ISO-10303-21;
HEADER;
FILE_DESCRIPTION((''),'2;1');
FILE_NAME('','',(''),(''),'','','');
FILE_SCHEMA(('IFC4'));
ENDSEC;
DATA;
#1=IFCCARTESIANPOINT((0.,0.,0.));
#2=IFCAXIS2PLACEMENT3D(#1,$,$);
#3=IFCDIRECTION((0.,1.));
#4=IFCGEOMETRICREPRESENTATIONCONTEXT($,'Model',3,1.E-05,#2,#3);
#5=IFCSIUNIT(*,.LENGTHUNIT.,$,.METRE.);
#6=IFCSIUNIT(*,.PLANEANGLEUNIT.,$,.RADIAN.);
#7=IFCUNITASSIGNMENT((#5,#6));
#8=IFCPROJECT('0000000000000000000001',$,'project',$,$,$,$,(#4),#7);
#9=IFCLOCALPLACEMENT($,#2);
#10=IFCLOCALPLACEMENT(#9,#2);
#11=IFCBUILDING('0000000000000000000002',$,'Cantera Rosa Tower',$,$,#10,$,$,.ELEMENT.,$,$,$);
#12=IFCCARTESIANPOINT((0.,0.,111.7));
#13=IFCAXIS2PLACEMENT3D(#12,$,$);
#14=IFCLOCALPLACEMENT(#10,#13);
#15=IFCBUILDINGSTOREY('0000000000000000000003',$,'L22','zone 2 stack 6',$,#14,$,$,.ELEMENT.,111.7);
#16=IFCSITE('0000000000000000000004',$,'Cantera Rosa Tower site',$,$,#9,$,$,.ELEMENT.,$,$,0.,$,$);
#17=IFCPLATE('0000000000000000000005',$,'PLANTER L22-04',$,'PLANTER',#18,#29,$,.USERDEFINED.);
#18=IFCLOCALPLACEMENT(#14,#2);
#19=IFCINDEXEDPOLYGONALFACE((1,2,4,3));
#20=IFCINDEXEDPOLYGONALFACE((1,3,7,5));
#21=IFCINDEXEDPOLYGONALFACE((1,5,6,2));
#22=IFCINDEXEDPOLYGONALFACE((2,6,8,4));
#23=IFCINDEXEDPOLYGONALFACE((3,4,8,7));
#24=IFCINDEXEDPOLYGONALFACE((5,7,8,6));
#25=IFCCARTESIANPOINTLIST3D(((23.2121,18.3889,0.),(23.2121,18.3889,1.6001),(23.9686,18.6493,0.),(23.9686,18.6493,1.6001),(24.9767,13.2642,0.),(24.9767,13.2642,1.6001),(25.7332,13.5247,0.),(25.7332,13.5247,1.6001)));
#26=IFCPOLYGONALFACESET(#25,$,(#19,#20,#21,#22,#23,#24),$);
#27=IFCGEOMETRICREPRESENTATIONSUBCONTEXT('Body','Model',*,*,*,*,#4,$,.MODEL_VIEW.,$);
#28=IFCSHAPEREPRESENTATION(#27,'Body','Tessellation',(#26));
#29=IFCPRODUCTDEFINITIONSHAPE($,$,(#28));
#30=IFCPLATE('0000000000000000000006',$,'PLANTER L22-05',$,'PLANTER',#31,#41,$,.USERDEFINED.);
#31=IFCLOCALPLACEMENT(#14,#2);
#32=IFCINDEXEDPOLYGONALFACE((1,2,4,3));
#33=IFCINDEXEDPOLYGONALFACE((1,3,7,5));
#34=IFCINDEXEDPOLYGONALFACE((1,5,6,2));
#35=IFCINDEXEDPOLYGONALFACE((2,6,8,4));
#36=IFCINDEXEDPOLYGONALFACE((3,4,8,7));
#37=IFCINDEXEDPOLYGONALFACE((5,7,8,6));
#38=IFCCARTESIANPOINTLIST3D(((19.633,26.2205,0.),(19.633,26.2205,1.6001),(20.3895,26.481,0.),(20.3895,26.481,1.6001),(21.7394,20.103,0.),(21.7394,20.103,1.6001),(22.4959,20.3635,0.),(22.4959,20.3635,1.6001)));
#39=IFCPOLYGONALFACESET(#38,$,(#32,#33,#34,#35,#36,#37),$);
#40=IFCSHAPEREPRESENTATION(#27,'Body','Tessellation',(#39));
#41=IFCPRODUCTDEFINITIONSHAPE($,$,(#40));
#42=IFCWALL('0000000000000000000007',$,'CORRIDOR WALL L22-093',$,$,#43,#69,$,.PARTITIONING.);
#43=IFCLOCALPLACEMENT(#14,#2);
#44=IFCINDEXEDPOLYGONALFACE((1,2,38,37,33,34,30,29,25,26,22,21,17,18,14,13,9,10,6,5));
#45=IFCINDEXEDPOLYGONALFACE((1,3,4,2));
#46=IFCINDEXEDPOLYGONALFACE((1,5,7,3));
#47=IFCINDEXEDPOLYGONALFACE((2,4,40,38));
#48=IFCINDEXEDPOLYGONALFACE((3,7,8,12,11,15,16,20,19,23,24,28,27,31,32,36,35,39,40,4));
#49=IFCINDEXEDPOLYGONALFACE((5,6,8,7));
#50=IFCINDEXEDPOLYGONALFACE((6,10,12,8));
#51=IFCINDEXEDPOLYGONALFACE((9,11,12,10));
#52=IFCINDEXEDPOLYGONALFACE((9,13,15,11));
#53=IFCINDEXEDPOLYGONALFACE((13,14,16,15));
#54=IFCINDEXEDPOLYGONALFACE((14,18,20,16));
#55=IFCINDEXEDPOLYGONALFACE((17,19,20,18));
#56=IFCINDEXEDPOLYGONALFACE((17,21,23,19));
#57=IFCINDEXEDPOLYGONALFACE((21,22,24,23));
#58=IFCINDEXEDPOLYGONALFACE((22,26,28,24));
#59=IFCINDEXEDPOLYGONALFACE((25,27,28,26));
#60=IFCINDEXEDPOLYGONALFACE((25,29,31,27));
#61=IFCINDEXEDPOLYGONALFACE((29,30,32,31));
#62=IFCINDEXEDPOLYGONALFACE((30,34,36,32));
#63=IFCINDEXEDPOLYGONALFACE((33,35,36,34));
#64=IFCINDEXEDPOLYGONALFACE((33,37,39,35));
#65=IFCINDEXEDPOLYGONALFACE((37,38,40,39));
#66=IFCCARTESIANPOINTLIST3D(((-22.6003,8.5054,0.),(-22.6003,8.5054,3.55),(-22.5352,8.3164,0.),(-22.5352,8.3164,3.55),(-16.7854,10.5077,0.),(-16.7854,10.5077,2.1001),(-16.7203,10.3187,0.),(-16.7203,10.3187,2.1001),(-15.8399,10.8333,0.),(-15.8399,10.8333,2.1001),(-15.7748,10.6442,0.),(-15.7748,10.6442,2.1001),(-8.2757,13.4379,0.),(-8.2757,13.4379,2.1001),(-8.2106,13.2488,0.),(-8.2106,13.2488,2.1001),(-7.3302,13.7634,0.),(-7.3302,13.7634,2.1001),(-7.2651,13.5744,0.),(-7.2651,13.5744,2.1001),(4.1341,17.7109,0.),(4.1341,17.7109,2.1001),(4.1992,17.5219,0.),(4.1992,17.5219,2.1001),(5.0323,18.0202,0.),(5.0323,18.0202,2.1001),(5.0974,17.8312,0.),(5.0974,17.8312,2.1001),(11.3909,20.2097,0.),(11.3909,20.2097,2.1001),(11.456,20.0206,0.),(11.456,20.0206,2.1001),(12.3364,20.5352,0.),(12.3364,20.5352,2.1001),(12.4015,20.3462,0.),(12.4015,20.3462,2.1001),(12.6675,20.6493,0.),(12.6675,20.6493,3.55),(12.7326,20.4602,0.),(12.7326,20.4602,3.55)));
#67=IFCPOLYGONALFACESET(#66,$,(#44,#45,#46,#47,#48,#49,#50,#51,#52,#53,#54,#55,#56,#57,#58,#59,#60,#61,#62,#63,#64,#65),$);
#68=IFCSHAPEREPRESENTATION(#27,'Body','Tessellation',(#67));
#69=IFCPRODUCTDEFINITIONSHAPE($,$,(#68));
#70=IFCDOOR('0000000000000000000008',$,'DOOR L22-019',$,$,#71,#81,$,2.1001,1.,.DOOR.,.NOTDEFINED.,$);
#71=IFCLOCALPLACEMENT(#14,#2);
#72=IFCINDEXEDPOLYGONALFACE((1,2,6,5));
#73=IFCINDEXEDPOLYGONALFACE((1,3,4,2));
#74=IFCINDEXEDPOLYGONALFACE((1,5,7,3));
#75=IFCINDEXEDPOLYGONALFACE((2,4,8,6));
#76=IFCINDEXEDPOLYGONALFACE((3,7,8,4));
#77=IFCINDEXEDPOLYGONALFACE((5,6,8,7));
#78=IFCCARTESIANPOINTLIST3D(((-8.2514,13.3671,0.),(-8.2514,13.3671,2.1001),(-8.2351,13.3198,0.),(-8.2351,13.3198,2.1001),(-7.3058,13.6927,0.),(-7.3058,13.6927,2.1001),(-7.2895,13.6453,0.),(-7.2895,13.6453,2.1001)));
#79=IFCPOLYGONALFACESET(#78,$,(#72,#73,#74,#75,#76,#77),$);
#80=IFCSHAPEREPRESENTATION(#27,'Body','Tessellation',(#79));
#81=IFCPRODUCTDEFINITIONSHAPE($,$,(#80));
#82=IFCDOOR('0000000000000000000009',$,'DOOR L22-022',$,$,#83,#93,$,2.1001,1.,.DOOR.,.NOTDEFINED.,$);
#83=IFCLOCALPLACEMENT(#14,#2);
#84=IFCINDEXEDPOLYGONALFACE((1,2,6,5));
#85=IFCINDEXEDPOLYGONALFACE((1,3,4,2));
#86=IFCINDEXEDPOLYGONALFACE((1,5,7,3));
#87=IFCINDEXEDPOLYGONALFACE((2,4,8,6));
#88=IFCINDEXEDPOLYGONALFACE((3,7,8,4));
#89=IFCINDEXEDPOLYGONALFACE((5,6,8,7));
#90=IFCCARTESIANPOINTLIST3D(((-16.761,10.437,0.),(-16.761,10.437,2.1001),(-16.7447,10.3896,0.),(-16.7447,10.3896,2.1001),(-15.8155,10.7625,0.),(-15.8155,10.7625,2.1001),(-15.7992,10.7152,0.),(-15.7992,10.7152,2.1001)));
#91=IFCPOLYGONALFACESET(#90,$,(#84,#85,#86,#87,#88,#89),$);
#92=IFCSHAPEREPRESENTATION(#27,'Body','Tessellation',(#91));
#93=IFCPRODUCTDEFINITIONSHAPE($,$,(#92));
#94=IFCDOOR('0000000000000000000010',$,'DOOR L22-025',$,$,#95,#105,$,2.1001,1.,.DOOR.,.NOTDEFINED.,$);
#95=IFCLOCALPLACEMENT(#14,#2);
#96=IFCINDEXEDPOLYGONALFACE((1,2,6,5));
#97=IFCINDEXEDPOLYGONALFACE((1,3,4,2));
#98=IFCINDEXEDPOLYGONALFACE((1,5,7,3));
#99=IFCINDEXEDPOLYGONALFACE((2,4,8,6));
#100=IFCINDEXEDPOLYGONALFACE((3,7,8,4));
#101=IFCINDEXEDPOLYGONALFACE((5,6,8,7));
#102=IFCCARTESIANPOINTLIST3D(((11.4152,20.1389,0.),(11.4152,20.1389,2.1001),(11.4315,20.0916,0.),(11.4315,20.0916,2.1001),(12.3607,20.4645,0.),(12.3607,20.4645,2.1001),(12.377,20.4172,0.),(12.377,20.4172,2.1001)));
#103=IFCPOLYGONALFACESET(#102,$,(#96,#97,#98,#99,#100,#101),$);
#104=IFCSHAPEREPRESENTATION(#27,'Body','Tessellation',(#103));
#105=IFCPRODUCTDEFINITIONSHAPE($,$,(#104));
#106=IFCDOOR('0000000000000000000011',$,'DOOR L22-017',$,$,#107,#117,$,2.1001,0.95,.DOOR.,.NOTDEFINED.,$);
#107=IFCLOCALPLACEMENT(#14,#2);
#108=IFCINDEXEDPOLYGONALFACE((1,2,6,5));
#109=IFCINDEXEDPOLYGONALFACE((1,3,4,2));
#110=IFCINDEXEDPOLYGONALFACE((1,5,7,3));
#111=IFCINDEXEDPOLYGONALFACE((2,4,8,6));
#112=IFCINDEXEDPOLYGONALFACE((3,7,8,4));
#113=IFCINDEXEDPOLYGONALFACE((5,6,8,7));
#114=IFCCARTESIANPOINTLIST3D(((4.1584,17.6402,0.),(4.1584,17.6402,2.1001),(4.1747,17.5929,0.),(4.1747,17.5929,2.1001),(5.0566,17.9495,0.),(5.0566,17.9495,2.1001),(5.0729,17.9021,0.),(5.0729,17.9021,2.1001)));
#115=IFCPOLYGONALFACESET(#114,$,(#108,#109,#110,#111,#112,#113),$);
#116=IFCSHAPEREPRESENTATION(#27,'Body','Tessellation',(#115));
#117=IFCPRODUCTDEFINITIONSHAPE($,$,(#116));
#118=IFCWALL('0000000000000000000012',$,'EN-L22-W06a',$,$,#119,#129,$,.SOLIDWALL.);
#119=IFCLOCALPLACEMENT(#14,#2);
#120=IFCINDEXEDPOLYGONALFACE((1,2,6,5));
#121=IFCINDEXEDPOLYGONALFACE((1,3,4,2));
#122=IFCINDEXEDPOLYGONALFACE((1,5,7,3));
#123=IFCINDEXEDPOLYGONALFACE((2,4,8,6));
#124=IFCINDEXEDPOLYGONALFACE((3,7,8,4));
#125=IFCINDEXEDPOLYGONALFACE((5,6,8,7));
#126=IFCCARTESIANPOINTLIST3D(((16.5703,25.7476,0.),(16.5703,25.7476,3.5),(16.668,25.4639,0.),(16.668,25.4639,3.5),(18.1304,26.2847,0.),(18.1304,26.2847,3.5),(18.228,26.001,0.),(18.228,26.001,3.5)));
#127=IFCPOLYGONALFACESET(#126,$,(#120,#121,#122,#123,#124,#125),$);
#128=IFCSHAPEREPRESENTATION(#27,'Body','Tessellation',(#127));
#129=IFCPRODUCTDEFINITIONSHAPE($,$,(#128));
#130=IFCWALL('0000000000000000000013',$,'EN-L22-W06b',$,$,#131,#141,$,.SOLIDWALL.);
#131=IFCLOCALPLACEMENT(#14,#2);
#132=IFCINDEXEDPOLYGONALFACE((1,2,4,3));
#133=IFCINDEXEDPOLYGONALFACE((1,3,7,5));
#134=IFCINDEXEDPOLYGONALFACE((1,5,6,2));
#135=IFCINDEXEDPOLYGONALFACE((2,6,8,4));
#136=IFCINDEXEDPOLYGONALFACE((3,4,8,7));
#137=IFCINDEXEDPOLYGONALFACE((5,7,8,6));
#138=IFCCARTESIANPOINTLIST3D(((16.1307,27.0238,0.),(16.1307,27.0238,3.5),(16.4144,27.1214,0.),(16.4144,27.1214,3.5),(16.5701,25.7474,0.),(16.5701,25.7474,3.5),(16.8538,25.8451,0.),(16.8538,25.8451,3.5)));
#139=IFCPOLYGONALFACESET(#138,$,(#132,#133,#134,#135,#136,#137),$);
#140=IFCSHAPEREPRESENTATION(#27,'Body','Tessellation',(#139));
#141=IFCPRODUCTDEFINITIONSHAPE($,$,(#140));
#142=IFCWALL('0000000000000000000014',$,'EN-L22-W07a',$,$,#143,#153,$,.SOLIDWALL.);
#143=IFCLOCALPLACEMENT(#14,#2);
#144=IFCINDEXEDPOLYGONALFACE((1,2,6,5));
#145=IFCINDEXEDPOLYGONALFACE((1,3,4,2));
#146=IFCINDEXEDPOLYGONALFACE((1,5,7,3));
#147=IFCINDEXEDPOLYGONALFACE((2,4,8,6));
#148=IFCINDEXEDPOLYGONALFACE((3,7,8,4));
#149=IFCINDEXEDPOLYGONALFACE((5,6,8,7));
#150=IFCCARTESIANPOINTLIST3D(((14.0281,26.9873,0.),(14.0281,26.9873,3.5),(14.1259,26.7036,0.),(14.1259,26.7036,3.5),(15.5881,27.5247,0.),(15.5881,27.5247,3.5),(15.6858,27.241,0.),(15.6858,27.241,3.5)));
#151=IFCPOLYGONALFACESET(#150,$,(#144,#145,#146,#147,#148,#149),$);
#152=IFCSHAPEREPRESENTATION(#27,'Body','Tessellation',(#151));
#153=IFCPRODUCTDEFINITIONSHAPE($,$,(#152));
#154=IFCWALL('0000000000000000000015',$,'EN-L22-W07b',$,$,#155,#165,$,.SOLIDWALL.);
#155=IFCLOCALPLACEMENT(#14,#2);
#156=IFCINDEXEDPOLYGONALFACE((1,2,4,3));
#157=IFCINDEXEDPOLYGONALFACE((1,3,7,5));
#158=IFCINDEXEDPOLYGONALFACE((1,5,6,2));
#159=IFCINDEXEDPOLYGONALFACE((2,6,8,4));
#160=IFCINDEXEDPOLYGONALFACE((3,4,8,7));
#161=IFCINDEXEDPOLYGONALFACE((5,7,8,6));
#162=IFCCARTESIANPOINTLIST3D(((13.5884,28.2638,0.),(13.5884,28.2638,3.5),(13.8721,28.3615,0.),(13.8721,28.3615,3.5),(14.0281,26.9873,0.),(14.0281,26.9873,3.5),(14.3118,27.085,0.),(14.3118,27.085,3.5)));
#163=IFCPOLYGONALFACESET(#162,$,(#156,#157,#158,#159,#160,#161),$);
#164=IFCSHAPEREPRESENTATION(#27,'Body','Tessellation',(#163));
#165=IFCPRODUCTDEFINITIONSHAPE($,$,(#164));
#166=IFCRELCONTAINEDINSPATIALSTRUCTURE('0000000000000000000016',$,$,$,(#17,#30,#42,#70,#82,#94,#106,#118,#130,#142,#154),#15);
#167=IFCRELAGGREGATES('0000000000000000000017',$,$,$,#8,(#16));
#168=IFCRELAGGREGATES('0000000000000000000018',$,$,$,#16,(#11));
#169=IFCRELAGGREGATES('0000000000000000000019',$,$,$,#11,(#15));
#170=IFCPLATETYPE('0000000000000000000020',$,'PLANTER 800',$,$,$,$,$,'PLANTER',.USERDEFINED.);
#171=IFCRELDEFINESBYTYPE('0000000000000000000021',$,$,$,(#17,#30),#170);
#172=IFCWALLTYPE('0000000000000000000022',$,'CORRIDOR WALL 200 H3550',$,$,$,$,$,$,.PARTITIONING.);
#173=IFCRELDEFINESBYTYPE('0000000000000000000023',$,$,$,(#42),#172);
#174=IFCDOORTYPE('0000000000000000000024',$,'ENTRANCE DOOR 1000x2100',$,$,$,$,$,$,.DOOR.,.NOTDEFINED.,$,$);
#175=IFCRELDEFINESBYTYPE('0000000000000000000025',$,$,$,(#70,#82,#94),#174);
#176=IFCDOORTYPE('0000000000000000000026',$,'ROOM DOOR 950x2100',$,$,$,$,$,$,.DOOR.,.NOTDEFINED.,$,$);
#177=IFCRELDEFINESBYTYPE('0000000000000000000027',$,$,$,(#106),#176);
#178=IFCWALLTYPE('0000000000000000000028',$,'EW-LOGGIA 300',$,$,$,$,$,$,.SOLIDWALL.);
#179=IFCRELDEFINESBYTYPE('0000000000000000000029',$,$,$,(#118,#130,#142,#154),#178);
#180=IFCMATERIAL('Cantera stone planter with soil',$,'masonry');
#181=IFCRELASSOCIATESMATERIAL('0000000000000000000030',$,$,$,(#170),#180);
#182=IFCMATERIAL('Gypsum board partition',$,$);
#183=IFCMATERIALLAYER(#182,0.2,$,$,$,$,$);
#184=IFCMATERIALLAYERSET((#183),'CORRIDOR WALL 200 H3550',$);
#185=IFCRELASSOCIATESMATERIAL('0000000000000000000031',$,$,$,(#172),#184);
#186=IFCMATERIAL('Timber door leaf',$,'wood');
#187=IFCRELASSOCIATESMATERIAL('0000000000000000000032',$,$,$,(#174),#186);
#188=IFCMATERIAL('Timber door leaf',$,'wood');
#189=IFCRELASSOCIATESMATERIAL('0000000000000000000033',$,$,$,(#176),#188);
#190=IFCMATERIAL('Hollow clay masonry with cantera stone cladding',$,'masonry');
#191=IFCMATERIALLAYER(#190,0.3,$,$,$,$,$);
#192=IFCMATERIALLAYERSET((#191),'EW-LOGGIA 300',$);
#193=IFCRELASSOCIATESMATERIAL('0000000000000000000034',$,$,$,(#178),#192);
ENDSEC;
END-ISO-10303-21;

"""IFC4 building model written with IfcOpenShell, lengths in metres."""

from ifc_helpers import new_model, si_unit, direction, frame, frame_2d, origin, origin_2d, place, context, subcontext, project, spatial, rectangle, extrude, material, layer, layer_set, type_object, element, fill, save


model = new_model("IFC4")

# Units and contexts
model_context = context("Model", 3, precision=1e-05, world=origin(), true_north=direction((0.0, 1.0)))
body_context = subcontext(model_context, "Body", "Model", "MODEL_VIEW")
ifc_project = project(units=[si_unit("LENGTHUNIT", "METRE"), si_unit("PLANEANGLEUNIT", "RADIAN")], contexts=[model_context])

# Site, building, storey
site_placement = place(None, origin())
site = spatial("IfcSite", under=ifc_project, at=site_placement, Name="Cantera Rosa Tower site", CompositionType="ELEMENT", RefElevation=0.0)
building_placement = place(site_placement, origin())
building = spatial("IfcBuilding", under=site, at=building_placement, Name="Cantera Rosa Tower", CompositionType="ELEMENT")
storey_placement = place(building_placement, frame((0.0, 0.0, 111.7)))
storey = spatial("IfcBuildingStorey", under=building, at=storey_placement, Name="L22", Description="zone 2 stack 6", CompositionType="ELEMENT", Elevation=111.7)

# Plates
ifc_material_1 = material(Name="Cantera stone planter with soil", Category="masonry")
plate_type = type_object("IfcPlateType", Name="PLANTER 800", ElementType="PLANTER", PredefinedType="USERDEFINED", material=ifc_material_1)
plate_1_placement = place(storey_placement, frame((24.4727, 15.9568, 0.0), z_axis=(0.0, 0.0, 1.0), x_axis=(-0.325568, 0.945519, 0.0)))
element("IfcPlate", 1, at=plate_1_placement, inside=storey, type_object=plate_type, Name="PLANTER L22-04", ObjectType="PLANTER", PredefinedType="USERDEFINED", context=body_context, shape_type="SweptSolid", body=[
    extrude(rectangle(XDim=5.4199, YDim=0.8, at=origin_2d()), origin(), (0.0, 0.0, 1.0), 1.6001),
])
plate_2_placement = place(storey_placement, frame((21.0645, 23.292, 0.0), z_axis=(0.0, 0.0, 1.0), x_axis=(-0.325568, 0.945519, 0.0)))
element("IfcPlate", 2, at=plate_2_placement, inside=storey, type_object=plate_type, Name="PLANTER L22-05", ObjectType="PLANTER", PredefinedType="USERDEFINED", context=body_context, shape_type="SweptSolid", body=[
    extrude(rectangle(XDim=6.47, YDim=0.8, at=origin_2d()), origin(), (0.0, 0.0, 1.0), 1.6001),
])

# Wall, openings, doors
ifc_material_2 = material(Name="Gypsum board partition")
ifc_layer_1 = layer(ifc_material_2, 0.2)
ifc_layer_set_1 = layer_set([ifc_layer_1], Name="CORRIDOR WALL 200 H3550")
wall_type_1 = type_object("IfcWallType", Name="CORRIDOR WALL 200 H3550", PredefinedType="PARTITIONING", material=ifc_layer_set_1)
wall_1_placement = place(storey_placement, frame((12.7, 20.5547, 0.0), z_axis=(0.0, 0.0, 1.0), x_axis=(-0.945518, -0.325571, 0.0)))
wall_1 = element("IfcWall", 3, at=wall_1_placement, inside=storey, type_object=wall_type_1, Name="CORRIDOR WALL L22-093", PredefinedType="PARTITIONING", context=body_context, shape_type="SweptSolid", body=[
    extrude(rectangle(XDim=37.3, YDim=0.2, at=frame_2d((18.6499, 0.0))), origin(), (0.0, 0.0, 1.0), 3.55),
])
opening_1_placement = place(wall_1_placement, frame((8.075, 0.0, 0.0)))
opening_1 = element("IfcOpeningElement", 4, at=opening_1_placement, cuts=wall_1, PredefinedType="OPENING", context=body_context, shape_type="SweptSolid", body=[
    extrude(rectangle(XDim=0.95, YDim=2.1001, at=frame_2d((0.4751, 1.05))), frame((0.0, 0.1099, 0.0), z_axis=(0.0, -1.0, 0.0), x_axis=(1.0, 0.0, 0.0)), (0.0, 0.0, 1.0), 0.22),
])
opening_2_placement = place(wall_1_placement, frame((21.1499, 0.0, 0.0)))
opening_2 = element("IfcOpeningElement", 5, at=opening_2_placement, cuts=wall_1, PredefinedType="OPENING", context=body_context, shape_type="SweptSolid", body=[
    extrude(rectangle(XDim=1.0, YDim=2.1001, at=frame_2d((0.5, 1.05))), frame((0.0, 0.1099, 0.0), z_axis=(0.0, -1.0, 0.0), x_axis=(1.0, 0.0, 0.0)), (0.0, 0.0, 1.0), 0.22),
])
opening_3_placement = place(wall_1_placement, frame((30.1499, 0.0, 0.0)))
opening_3 = element("IfcOpeningElement", 6, at=opening_3_placement, cuts=wall_1, PredefinedType="OPENING", context=body_context, shape_type="SweptSolid", body=[
    extrude(rectangle(XDim=1.0, YDim=2.1001, at=frame_2d((0.5, 1.05))), frame((0.0, 0.1099, 0.0), z_axis=(0.0, -1.0, 0.0), x_axis=(1.0, 0.0, 0.0)), (0.0, 0.0, 1.0), 0.22),
])
opening_4_placement = place(wall_1_placement, frame((0.3501, 0.0, 0.0)))
opening_4 = element("IfcOpeningElement", 7, at=opening_4_placement, cuts=wall_1, PredefinedType="OPENING", context=body_context, shape_type="SweptSolid", body=[
    extrude(rectangle(XDim=1.0, YDim=2.1001, at=frame_2d((0.5, 1.05))), frame((0.0, 0.1099, 0.0), z_axis=(0.0, -1.0, 0.0), x_axis=(1.0, 0.0, 0.0)), (0.0, 0.0, 1.0), 0.22),
])
ifc_material_3 = material(Name="Timber door leaf", Category="wood")
door_type_1 = type_object("IfcDoorType", Name="ENTRANCE DOOR 1000x2100", OperationType="NOTDEFINED", PredefinedType="DOOR", material=ifc_material_3)
door_1_placement = place(opening_2_placement, origin())
door_1 = element("IfcDoor", 8, at=door_1_placement, inside=storey, type_object=door_type_1, Name="DOOR L22-019", OperationType="NOTDEFINED", OverallHeight=2.1001, OverallWidth=1.0, PredefinedType="DOOR", context=body_context, shape_type="SweptSolid", body=[
    extrude(rectangle(XDim=1.0, YDim=2.1001, at=frame_2d((0.5, 1.05))), frame((0.0, 0.0249, 0.0), z_axis=(0.0, -1.0, 0.0), x_axis=(1.0, 0.0, 0.0)), (0.0, 0.0, 1.0), 0.05),
])
fill(opening_2, door_1)
door_2_placement = place(opening_3_placement, origin())
door_2 = element("IfcDoor", 9, at=door_2_placement, inside=storey, type_object=door_type_1, Name="DOOR L22-022", OperationType="NOTDEFINED", OverallHeight=2.1001, OverallWidth=1.0, PredefinedType="DOOR", context=body_context, shape_type="SweptSolid", body=[
    extrude(rectangle(XDim=1.0, YDim=2.1001, at=frame_2d((0.5, 1.05))), frame((0.0, 0.0249, 0.0), z_axis=(0.0, -1.0, 0.0), x_axis=(1.0, 0.0, 0.0)), (0.0, 0.0, 1.0), 0.05),
])
fill(opening_3, door_2)
door_3_placement = place(opening_4_placement, origin())
door_3 = element("IfcDoor", 10, at=door_3_placement, inside=storey, type_object=door_type_1, Name="DOOR L22-025", OperationType="NOTDEFINED", OverallHeight=2.1001, OverallWidth=1.0, PredefinedType="DOOR", context=body_context, shape_type="SweptSolid", body=[
    extrude(rectangle(XDim=1.0, YDim=2.1001, at=frame_2d((0.5, 1.05))), frame((0.0, 0.0249, 0.0), z_axis=(0.0, -1.0, 0.0), x_axis=(1.0, 0.0, 0.0)), (0.0, 0.0, 1.0), 0.05),
])
fill(opening_4, door_3)
ifc_material_4 = material(Name="Timber door leaf", Category="wood")
door_type_2 = type_object("IfcDoorType", Name="ROOM DOOR 950x2100", OperationType="NOTDEFINED", PredefinedType="DOOR", material=ifc_material_4)
door_4_placement = place(opening_1_placement, origin())
door_4 = element("IfcDoor", 11, at=door_4_placement, inside=storey, type_object=door_type_2, Name="DOOR L22-017", OperationType="NOTDEFINED", OverallHeight=2.1001, OverallWidth=0.95, PredefinedType="DOOR", context=body_context, shape_type="SweptSolid", body=[
    extrude(rectangle(XDim=0.95, YDim=2.1001, at=frame_2d((0.4751, 1.05))), frame((0.0, 0.0249, 0.0), z_axis=(0.0, -1.0, 0.0), x_axis=(1.0, 0.0, 0.0)), (0.0, 0.0, 1.0), 0.05),
])
fill(opening_1, door_4)

# Walls
ifc_material_5 = material(Name="Hollow clay masonry with cantera stone cladding", Category="masonry")
ifc_layer_2 = layer(ifc_material_5, 0.3)
ifc_layer_set_2 = layer_set([ifc_layer_2], Name="EW-LOGGIA 300")
wall_type_2 = type_object("IfcWallType", Name="EW-LOGGIA 300", PredefinedType="SOLIDWALL", material=ifc_layer_set_2)
wall_2_placement = place(storey_placement, frame((18.1792, 26.1428, 0.0), z_axis=(0.0, 0.0, 1.0), x_axis=(-0.94553, -0.325535, 0.0)))
element("IfcWall", 12, at=wall_2_placement, inside=storey, type_object=wall_type_2, Name="EN-L22-W06a", PredefinedType="SOLIDWALL", context=body_context, shape_type="SweptSolid", body=[
    extrude(rectangle(XDim=1.6499, YDim=0.3, at=frame_2d((0.825, 0.0))), origin(), (0.0, 0.0, 1.0), 3.5),
])
wall_3_placement = place(storey_placement, frame((16.7119, 25.7964, 0.0), z_axis=(0.0, 0.0, 1.0), x_axis=(-0.325545, 0.945527, 0.0)))
element("IfcWall", 13, at=wall_3_placement, inside=storey, type_object=wall_type_2, Name="EN-L22-W06b", PredefinedType="SOLIDWALL", context=body_context, shape_type="SweptSolid", body=[
    extrude(rectangle(XDim=1.3499, YDim=0.3, at=frame_2d((0.6748, 0.0))), origin(), (0.0, 0.0, 1.0), 3.5),
])
wall_4_placement = place(storey_placement, frame((15.637, 27.3828, 0.0), z_axis=(0.0, 0.0, 1.0), x_axis=(-0.945485, -0.325667, 0.0)))
element("IfcWall", 14, at=wall_4_placement, inside=storey, type_object=wall_type_2, Name="EN-L22-W07a", PredefinedType="SOLIDWALL", context=body_context, shape_type="SweptSolid", body=[
    extrude(rectangle(XDim=1.6499, YDim=0.3, at=frame_2d((0.825, 0.0))), origin(), (0.0, 0.0, 1.0), 3.5),
])
wall_5_placement = place(storey_placement, frame((14.1699, 27.0361, 0.0), z_axis=(0.0, 0.0, 1.0), x_axis=(-0.325651, 0.94549, 0.0)))
element("IfcWall", 15, at=wall_5_placement, inside=storey, type_object=wall_type_2, Name="EN-L22-W07b", PredefinedType="SOLIDWALL", context=body_context, shape_type="SweptSolid", body=[
    extrude(rectangle(XDim=1.3501, YDim=0.3, at=frame_2d((0.675, 0.0))), origin(), (0.0, 0.0, 1.0), 3.5),
])

save(model, "model.ifc")
